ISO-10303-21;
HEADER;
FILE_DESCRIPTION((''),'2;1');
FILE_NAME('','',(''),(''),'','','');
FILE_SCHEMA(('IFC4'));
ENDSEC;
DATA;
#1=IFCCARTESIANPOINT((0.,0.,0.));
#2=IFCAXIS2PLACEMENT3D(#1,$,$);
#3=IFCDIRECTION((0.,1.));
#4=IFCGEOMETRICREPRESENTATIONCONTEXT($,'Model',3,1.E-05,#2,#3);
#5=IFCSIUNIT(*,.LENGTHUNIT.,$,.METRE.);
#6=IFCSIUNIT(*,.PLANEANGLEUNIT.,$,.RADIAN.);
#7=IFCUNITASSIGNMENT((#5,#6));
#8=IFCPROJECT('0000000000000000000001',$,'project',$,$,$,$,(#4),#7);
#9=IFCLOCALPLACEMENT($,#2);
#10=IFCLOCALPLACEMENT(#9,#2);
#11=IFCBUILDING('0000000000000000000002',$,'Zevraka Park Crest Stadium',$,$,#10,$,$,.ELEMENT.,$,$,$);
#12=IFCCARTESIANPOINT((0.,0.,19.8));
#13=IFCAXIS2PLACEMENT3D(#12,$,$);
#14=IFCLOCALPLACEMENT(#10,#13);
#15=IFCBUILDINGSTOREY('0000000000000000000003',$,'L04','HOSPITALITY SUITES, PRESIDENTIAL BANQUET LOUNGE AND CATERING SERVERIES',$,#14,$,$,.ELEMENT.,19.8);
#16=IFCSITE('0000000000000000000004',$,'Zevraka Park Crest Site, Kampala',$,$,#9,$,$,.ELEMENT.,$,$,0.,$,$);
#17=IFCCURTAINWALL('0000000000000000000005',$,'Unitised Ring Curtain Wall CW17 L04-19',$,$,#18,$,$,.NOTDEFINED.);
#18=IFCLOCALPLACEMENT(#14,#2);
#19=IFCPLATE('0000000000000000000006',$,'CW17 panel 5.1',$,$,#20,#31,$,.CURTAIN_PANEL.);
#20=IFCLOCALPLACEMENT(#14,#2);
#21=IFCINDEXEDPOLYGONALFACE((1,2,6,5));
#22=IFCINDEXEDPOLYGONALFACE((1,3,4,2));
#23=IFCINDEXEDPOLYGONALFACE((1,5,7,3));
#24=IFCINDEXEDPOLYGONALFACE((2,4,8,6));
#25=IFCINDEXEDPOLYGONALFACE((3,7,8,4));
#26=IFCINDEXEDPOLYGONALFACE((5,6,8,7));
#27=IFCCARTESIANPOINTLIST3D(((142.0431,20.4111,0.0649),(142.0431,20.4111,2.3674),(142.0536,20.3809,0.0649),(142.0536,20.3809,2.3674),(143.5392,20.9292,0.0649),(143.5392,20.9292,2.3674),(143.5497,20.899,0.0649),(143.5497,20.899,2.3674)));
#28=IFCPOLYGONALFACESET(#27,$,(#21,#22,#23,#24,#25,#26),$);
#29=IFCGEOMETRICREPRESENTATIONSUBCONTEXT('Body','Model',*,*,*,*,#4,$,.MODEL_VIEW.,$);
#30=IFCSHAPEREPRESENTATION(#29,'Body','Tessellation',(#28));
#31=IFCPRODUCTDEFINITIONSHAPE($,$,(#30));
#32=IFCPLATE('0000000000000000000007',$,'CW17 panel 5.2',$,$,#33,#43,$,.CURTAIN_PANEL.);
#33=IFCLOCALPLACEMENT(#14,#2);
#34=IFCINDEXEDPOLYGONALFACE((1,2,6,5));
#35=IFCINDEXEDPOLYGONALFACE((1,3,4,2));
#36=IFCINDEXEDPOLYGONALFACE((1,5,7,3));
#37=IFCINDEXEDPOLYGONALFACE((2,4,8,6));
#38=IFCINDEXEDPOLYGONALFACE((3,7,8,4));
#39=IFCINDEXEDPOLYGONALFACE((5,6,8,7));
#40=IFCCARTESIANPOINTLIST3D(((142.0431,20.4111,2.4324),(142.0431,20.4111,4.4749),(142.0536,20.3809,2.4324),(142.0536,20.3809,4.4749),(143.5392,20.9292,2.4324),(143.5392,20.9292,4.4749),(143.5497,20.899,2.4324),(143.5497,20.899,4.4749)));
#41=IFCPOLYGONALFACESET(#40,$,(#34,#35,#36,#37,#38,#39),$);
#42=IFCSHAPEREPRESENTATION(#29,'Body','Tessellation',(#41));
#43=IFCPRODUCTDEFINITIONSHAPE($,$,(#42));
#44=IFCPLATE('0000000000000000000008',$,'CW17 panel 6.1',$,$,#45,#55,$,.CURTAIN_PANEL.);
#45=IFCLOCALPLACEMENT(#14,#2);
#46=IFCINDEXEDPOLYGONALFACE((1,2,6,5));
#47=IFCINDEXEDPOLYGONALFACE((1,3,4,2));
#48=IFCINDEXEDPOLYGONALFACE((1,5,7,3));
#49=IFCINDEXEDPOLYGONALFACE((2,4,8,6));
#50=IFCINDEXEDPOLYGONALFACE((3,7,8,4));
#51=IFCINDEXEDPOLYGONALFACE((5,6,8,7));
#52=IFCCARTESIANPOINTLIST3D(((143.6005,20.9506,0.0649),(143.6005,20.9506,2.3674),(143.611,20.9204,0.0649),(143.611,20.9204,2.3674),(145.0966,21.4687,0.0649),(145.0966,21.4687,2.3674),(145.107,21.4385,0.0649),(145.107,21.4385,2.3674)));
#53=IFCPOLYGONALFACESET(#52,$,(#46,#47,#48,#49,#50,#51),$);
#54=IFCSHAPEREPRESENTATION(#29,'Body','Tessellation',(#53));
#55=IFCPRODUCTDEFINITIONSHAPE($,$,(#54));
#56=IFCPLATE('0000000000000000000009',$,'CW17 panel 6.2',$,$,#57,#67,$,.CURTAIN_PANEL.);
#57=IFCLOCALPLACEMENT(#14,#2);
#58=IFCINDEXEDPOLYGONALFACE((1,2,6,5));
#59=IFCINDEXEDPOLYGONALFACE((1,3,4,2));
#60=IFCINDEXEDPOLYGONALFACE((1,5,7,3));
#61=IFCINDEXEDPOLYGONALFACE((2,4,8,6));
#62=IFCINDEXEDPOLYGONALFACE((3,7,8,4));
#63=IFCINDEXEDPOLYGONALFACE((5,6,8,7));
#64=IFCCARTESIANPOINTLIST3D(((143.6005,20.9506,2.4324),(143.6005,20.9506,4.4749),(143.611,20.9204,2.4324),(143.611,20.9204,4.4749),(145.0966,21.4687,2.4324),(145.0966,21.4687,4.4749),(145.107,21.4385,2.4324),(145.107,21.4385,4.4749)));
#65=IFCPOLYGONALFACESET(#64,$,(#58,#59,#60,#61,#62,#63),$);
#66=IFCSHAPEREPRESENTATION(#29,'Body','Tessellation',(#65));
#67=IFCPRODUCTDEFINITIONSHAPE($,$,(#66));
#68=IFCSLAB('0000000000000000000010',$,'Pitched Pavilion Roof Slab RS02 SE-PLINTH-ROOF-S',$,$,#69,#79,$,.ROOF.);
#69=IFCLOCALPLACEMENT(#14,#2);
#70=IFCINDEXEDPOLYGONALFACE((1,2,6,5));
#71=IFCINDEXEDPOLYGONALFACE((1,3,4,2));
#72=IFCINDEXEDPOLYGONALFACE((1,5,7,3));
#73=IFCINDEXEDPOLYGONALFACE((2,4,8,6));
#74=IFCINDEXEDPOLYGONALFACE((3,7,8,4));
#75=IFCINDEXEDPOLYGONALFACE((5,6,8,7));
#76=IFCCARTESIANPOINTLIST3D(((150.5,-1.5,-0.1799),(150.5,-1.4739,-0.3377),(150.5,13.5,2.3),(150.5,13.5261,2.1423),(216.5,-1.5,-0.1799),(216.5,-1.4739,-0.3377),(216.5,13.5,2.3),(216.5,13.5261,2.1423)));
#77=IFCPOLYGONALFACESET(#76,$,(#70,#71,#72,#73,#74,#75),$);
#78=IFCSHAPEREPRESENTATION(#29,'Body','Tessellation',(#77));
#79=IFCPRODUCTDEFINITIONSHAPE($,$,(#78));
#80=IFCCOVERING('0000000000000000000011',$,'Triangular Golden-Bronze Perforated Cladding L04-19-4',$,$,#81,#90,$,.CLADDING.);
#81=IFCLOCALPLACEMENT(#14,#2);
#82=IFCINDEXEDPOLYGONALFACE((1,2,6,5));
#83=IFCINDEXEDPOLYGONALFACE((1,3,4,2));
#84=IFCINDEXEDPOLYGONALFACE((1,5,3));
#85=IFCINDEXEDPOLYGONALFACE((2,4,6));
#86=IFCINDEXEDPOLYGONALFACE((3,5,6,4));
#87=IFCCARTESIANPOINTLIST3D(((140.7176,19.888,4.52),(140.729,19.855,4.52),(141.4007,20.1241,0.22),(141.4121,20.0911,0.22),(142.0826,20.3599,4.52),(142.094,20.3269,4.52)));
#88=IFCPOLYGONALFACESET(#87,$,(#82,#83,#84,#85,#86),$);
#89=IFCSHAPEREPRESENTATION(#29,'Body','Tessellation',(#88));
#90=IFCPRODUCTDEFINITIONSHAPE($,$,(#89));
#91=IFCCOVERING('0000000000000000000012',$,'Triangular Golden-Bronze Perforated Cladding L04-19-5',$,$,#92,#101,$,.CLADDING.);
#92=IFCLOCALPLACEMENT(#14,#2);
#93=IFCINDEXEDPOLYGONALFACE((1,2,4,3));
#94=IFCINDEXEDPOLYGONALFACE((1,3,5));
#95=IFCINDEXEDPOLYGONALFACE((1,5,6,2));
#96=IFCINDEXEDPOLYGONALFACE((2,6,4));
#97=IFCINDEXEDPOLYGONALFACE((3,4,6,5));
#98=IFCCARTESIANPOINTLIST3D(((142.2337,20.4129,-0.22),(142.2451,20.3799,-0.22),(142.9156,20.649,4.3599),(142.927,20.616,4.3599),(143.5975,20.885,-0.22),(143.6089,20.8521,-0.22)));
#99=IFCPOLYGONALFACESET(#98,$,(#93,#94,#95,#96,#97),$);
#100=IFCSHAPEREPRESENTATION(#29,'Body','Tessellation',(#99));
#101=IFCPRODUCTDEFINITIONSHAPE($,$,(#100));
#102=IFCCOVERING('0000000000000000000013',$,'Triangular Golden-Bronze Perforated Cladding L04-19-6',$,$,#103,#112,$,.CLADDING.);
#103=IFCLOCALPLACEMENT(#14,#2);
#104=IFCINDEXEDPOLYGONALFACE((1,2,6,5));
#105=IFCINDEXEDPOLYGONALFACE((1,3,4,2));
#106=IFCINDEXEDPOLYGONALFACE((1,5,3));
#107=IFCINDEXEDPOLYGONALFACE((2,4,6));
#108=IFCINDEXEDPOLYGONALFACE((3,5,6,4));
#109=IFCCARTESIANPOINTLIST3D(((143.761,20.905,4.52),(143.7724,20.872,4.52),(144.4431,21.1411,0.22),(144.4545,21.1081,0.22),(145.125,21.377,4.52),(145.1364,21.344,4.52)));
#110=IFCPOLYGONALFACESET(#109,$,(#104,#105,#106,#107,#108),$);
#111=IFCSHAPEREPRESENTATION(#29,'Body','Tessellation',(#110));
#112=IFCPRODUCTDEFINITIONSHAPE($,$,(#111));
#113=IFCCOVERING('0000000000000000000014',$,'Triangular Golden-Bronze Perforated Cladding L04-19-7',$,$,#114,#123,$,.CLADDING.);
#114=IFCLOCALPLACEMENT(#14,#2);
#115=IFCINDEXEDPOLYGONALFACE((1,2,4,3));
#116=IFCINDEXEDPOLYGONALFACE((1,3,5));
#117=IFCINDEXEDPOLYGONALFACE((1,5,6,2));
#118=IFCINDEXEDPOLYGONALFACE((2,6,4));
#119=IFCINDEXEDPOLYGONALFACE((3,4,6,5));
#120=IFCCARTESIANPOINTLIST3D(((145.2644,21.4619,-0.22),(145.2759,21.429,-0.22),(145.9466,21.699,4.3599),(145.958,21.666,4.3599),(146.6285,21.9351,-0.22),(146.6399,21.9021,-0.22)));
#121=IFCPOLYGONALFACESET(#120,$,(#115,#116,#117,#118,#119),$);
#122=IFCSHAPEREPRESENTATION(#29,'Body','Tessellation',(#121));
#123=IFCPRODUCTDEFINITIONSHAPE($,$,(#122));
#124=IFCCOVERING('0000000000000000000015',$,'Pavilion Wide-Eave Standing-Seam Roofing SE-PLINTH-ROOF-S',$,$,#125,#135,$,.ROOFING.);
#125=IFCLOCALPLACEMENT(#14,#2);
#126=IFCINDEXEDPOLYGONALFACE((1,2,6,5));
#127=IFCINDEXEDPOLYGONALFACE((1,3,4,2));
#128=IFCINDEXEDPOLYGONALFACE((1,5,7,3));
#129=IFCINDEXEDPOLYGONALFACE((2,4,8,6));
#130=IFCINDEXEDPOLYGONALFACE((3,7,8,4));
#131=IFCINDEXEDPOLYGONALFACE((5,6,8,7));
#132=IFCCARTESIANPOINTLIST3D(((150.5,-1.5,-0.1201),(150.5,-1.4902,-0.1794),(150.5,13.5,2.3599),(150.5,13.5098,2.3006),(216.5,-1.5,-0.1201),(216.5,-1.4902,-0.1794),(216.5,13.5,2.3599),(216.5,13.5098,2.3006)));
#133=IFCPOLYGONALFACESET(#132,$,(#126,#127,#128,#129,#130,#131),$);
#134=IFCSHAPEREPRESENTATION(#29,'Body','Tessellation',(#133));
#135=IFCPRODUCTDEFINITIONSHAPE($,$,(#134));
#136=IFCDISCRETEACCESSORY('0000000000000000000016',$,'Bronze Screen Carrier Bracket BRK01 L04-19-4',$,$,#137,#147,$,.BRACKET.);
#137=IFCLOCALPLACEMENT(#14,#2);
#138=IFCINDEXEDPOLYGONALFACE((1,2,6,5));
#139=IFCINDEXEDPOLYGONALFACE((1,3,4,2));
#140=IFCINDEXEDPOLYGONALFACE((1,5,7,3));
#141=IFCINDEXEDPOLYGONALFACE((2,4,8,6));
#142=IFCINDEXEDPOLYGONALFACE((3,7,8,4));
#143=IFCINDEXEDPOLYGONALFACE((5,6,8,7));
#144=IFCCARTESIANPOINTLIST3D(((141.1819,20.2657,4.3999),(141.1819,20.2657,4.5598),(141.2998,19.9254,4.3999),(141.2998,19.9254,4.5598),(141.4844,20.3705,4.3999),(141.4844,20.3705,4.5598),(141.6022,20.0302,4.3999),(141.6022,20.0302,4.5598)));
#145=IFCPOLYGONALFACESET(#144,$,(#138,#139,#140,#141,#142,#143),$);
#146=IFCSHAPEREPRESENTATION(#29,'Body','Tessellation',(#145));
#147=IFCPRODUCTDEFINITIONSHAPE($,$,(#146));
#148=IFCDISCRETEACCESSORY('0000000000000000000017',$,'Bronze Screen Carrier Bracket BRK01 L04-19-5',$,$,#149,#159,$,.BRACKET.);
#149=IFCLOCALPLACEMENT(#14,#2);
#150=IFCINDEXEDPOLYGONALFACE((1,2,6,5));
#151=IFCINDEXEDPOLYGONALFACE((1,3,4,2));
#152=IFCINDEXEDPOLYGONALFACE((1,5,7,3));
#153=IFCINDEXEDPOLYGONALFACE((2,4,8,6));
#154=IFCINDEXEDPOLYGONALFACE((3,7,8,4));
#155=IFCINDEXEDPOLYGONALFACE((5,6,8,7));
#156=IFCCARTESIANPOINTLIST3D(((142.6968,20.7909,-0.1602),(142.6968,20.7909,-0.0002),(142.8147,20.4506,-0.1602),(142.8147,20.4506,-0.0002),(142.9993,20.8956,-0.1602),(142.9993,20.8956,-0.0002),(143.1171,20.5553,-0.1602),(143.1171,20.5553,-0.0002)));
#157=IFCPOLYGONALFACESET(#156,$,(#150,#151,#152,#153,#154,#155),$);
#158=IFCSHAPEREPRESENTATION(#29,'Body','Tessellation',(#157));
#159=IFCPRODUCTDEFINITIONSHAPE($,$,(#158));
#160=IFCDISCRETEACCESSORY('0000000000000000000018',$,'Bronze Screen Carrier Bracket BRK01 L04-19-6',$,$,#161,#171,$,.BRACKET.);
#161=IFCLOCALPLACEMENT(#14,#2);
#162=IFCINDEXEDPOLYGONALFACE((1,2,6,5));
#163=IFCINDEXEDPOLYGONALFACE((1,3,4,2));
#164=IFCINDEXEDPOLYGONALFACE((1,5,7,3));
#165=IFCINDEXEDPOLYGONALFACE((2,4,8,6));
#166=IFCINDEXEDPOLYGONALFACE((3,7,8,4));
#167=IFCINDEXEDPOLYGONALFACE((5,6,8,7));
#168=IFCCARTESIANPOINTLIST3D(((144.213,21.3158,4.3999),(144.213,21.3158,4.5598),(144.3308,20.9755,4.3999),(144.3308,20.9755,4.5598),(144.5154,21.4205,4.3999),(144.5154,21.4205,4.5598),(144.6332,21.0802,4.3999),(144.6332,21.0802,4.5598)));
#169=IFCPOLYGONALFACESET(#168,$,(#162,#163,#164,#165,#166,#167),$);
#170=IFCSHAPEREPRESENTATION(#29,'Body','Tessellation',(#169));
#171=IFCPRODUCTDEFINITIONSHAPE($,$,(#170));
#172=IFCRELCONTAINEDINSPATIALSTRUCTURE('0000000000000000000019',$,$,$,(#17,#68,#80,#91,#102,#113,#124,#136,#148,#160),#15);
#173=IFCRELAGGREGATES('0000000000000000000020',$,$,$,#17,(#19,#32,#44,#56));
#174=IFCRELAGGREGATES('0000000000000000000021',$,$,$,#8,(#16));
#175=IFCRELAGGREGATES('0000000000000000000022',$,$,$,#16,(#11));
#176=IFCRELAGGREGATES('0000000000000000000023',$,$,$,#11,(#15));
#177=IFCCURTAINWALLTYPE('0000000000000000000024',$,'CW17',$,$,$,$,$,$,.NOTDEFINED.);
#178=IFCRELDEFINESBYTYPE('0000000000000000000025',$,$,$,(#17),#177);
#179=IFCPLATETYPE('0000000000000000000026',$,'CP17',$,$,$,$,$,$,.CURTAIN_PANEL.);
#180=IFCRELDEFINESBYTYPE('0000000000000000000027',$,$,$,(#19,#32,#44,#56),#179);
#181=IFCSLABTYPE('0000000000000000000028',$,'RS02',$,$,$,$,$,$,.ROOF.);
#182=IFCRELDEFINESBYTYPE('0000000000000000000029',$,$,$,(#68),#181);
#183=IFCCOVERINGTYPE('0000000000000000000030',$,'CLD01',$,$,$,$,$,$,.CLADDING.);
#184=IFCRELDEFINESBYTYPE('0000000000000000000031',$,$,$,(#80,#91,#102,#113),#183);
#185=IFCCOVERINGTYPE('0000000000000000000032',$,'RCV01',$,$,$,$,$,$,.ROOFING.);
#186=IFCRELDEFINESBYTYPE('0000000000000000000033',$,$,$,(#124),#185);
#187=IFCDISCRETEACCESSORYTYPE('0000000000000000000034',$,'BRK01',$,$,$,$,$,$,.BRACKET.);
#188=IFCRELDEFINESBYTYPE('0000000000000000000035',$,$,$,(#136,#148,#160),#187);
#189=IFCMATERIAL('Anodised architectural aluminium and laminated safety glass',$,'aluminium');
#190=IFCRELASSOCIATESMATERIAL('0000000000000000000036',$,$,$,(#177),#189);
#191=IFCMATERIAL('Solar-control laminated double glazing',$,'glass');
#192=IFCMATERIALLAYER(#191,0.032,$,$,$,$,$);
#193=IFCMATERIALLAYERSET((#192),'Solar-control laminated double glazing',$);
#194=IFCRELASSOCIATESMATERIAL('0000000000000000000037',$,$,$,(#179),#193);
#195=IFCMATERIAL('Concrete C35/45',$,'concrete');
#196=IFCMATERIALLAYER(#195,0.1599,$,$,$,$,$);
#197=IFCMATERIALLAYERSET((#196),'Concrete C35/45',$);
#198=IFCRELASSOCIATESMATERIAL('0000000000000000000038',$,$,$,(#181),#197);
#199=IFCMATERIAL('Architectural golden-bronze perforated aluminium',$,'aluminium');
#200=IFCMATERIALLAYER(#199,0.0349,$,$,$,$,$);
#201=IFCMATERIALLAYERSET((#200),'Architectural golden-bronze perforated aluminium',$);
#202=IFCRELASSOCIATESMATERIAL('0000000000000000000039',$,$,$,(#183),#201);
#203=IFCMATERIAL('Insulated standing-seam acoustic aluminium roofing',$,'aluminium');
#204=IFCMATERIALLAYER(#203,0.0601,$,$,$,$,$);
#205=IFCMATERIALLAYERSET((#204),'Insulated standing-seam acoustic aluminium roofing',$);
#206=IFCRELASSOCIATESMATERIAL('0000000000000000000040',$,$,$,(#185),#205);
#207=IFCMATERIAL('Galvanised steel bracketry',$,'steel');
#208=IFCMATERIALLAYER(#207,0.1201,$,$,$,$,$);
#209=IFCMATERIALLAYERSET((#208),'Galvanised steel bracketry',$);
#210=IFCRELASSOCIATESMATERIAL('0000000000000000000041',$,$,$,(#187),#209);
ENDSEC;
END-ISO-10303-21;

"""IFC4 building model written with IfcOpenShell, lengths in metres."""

from ifc_helpers import new_model, si_unit, direction, frame, origin, origin_2d, place, context, subcontext, project, spatial, polyline, rectangle, outline, extrude, material, layer, layer_set, type_object, element, aggregate, save


model = new_model("IFC4")

# Units and contexts
model_context = context("Model", 3, precision=1e-05, world=origin(), true_north=direction((0.0, 1.0)))
body_context = subcontext(model_context, "Body", "Model", "MODEL_VIEW")
ifc_project = project(units=[si_unit("LENGTHUNIT", "METRE"), si_unit("PLANEANGLEUNIT", "RADIAN")], contexts=[model_context])

# Site, building, storey
site_placement = place(None, origin())
site = spatial("IfcSite", under=ifc_project, at=site_placement, Name="Zevraka Park Crest Site, Kampala", CompositionType="ELEMENT", RefElevation=0.0)
building_placement = place(site_placement, origin())
building = spatial("IfcBuilding", under=site, at=building_placement, Name="Zevraka Park Crest Stadium", CompositionType="ELEMENT")
storey_placement = place(building_placement, frame((0.0, 0.0, 19.8)))
storey = spatial("IfcBuildingStorey", under=building, at=storey_placement, Name="L04", Description="HOSPITALITY SUITES, PRESIDENTIAL BANQUET LOUNGE AND CATERING SERVERIES", CompositionType="ELEMENT", Elevation=19.8)

# Curtain wall, plates
ifc_material_1 = material(Name="Anodised architectural aluminium and laminated safety glass", Category="aluminium")
curtain_wall_type = type_object("IfcCurtainWallType", Name="CW17", PredefinedType="NOTDEFINED", material=ifc_material_1)
curtain_wall_placement = place(storey_placement, origin())
curtain_wall = element("IfcCurtainWall", 1, at=curtain_wall_placement, inside=storey, type_object=curtain_wall_type, Name="Unitised Ring Curtain Wall CW17 L04-19", PredefinedType="NOTDEFINED")
ifc_material_2 = material(Name="Solar-control laminated double glazing", Category="glass")
ifc_layer_1 = layer(ifc_material_2, 0.032)
ifc_layer_set_1 = layer_set([ifc_layer_1], Name="Solar-control laminated double glazing")
plate_type = type_object("IfcPlateType", Name="CP17", PredefinedType="CURTAIN_PANEL", material=ifc_layer_set_1)
plate_1_placement = place(storey_placement, frame((142.7964, 20.655, 0.0649), z_axis=(0.0, 0.0, 1.0), x_axis=(0.94494, 0.327245, 0.0)))
plate_1 = element("IfcPlate", 2, at=plate_1_placement, type_object=plate_type, Name="CW17 panel 5.1", PredefinedType="CURTAIN_PANEL", context=body_context, shape_type="SweptSolid", body=[
    extrude(rectangle(XDim=1.5833, YDim=0.032, at=origin_2d()), origin(), (0.0, 0.0, 1.0), 2.3025),
])
plate_2_placement = place(storey_placement, frame((142.7964, 20.655, 2.4324), z_axis=(0.0, 0.0, 1.0), x_axis=(0.94494, 0.327245, 0.0)))
plate_2 = element("IfcPlate", 3, at=plate_2_placement, type_object=plate_type, Name="CW17 panel 5.2", PredefinedType="CURTAIN_PANEL", context=body_context, shape_type="SweptSolid", body=[
    extrude(rectangle(XDim=1.5833, YDim=0.032, at=origin_2d()), origin(), (0.0, 0.0, 1.0), 2.0425),
])
plate_3_placement = place(storey_placement, frame((144.3538, 21.1946, 0.0649), z_axis=(0.0, 0.0, 1.0), x_axis=(0.94494, 0.327245, 0.0)))
plate_3 = element("IfcPlate", 4, at=plate_3_placement, type_object=plate_type, Name="CW17 panel 6.1", PredefinedType="CURTAIN_PANEL", context=body_context, shape_type="SweptSolid", body=[
    extrude(rectangle(XDim=1.5833, YDim=0.032, at=origin_2d()), origin(), (0.0, 0.0, 1.0), 2.3025),
])
plate_4_placement = place(storey_placement, frame((144.3538, 21.1946, 2.4324), z_axis=(0.0, 0.0, 1.0), x_axis=(0.94494, 0.327245, 0.0)))
plate_4 = element("IfcPlate", 5, at=plate_4_placement, type_object=plate_type, Name="CW17 panel 6.2", PredefinedType="CURTAIN_PANEL", context=body_context, shape_type="SweptSolid", body=[
    extrude(rectangle(XDim=1.5833, YDim=0.032, at=origin_2d()), origin(), (0.0, 0.0, 1.0), 2.0425),
])
aggregate(curtain_wall, [plate_1, plate_2, plate_3, plate_4])

# Slab
ifc_material_3 = material(Name="Concrete C35/45", Category="concrete")
ifc_layer_2 = layer(ifc_material_3, 0.1599)
ifc_layer_set_2 = layer_set([ifc_layer_2], Name="Concrete C35/45")
slab_type = type_object("IfcSlabType", Name="RS02", PredefinedType="ROOF", material=ifc_layer_set_2)
slab_placement = place(storey_placement, frame((150.5, -1.5, -0.1799), z_axis=(0.0, -0.163118, 0.986607), x_axis=(1.0, 0.0, 0.0)))
element("IfcSlab", 6, at=slab_placement, inside=storey, type_object=slab_type, Name="Pitched Pavilion Roof Slab RS02 SE-PLINTH-ROOF-S", PredefinedType="ROOF", context=body_context, shape_type="SweptSolid", body=[
    extrude(outline(polyline([(0.0, 0.0), (66.0, 0.0), (66.0, 15.2036), (0.0, 15.2036), (0.0, 0.0)])), origin(), (0.0, 0.0, -1.0), 0.1599),
])

# Coverings
ifc_material_4 = material(Name="Architectural golden-bronze perforated aluminium", Category="aluminium")
ifc_layer_3 = layer(ifc_material_4, 0.0349)
ifc_layer_set_3 = layer_set([ifc_layer_3], Name="Architectural golden-bronze perforated aluminium")
covering_type_1 = type_object("IfcCoveringType", Name="CLD01", PredefinedType="CLADDING", material=ifc_layer_set_3)
covering_1_placement = place(storey_placement, frame((142.094, 20.3269, 4.52), z_axis=(0.326756, -0.945109, 0.00002), x_axis=(-0.945109, -0.326756, 0.0)))
element("IfcCovering", 7, at=covering_1_placement, inside=storey, type_object=covering_type_1, Name="Triangular Golden-Bronze Perforated Cladding L04-19-4", PredefinedType="CLADDING", context=body_context, shape_type="SweptSolid", body=[
    extrude(outline(polyline([(0.0, 0.0), (1.4443, 0.0), (0.7215, 4.3), (0.0, 0.0)])), origin(), (0.0, 0.0, -1.0), 0.0349),
])
covering_2_placement = place(storey_placement, frame((142.2451, 20.3799, -0.22), z_axis=(0.327169, -0.944966, 0.0), x_axis=(0.944966, 0.327169, 0.0)))
element("IfcCovering", 8, at=covering_2_placement, inside=storey, type_object=covering_type_1, Name="Triangular Golden-Bronze Perforated Cladding L04-19-5", PredefinedType="CLADDING", context=body_context, shape_type="SweptSolid", body=[
    extrude(outline(polyline([(0.0, 0.0), (1.4432, 0.0), (0.7216, 4.5798), (0.0, 0.0)])), origin(), (0.0, 0.0, -1.0), 0.0349),
])
covering_3_placement = place(storey_placement, frame((145.125, 21.377, 4.52), z_axis=(-0.326965, 0.945036, 0.000018), x_axis=(-0.945036, -0.326965, 0.0)))
element("IfcCovering", 9, at=covering_3_placement, inside=storey, type_object=covering_type_1, Name="Triangular Golden-Bronze Perforated Cladding L04-19-6", PredefinedType="CLADDING", context=body_context, shape_type="SweptSolid", body=[
    extrude(outline(polyline([(0.0, 0.0), (1.4433, 0.0), (0.7215, -4.3), (0.0, 0.0)])), origin(), (0.0, 0.0, -1.0), 0.0349),
])
covering_4_placement = place(storey_placement, frame((145.2759, 21.429, -0.22), z_axis=(0.32772, -0.944775, 0.000092), x_axis=(0.944775, 0.32772, 0.0)))
element("IfcCovering", 10, at=covering_4_placement, inside=storey, type_object=covering_type_1, Name="Triangular Golden-Bronze Perforated Cladding L04-19-7", PredefinedType="CLADDING", context=body_context, shape_type="SweptSolid", body=[
    extrude(outline(polyline([(0.0, 0.0), (1.4437, 0.0), (0.7221, 4.5798), (0.0, 0.0)])), origin(), (0.0, 0.0, -1.0), 0.0349),
])
ifc_material_5 = material(Name="Insulated standing-seam acoustic aluminium roofing", Category="aluminium")
ifc_layer_4 = layer(ifc_material_5, 0.0601)
ifc_layer_set_4 = layer_set([ifc_layer_4], Name="Insulated standing-seam acoustic aluminium roofing")
covering_type_2 = type_object("IfcCoveringType", Name="RCV01", PredefinedType="ROOFING", material=ifc_layer_set_4)
covering_5_placement = place(storey_placement, frame((150.5, -1.5, -0.1201), z_axis=(0.0, -0.163118, 0.986607), x_axis=(1.0, 0.0, 0.0)))
element("IfcCovering", 11, at=covering_5_placement, inside=storey, type_object=covering_type_2, Name="Pavilion Wide-Eave Standing-Seam Roofing SE-PLINTH-ROOF-S", PredefinedType="ROOFING", context=body_context, shape_type="SweptSolid", body=[
    extrude(outline(polyline([(0.0, 0.0), (66.0, 0.0), (66.0, 15.2036), (0.0, 15.2036), (0.0, 0.0)])), origin(), (0.0, 0.0, -1.0), 0.0601),
])

# Discrete accessories
ifc_material_6 = material(Name="Galvanised steel bracketry", Category="steel")
ifc_layer_5 = layer(ifc_material_6, 0.1201)
ifc_layer_set_5 = layer_set([ifc_layer_5], Name="Galvanised steel bracketry")
discrete_accessory_type = type_object("IfcDiscreteAccessoryType", Name="BRK01", PredefinedType="BRACKET", material=ifc_layer_set_5)
for number, where, z_axis, x_axis, name in (
    (12, (141.3921, 20.1479, 4.3999), (0.0, 0.0, 1.0), (0.944949, 0.327218, 0.0), "Bronze Screen Carrier Bracket BRK01 L04-19-4"),
    (13, (142.907, 20.6731, -0.1602), (0.0, 0.0, 1.0), (0.944949, 0.327218, 0.0), "Bronze Screen Carrier Bracket BRK01 L04-19-5"),
    (14, (144.4231, 21.198, 4.3999), (0.0, 0.0, 1.0), (0.944949, 0.327218, 0.0), "Bronze Screen Carrier Bracket BRK01 L04-19-6"),
):
    element("IfcDiscreteAccessory", number, at=place(storey_placement, frame(where, z_axis=z_axis, x_axis=x_axis)), inside=storey, type_object=discrete_accessory_type, Name=name, PredefinedType="BRACKET", context=body_context, shape_type="SweptSolid", body=[
        extrude(rectangle(XDim=0.3201, YDim=0.3601, at=origin_2d()), origin(), (0.0, 0.0, 1.0), 0.1599),
    ])

save(model, "model.ifc")
